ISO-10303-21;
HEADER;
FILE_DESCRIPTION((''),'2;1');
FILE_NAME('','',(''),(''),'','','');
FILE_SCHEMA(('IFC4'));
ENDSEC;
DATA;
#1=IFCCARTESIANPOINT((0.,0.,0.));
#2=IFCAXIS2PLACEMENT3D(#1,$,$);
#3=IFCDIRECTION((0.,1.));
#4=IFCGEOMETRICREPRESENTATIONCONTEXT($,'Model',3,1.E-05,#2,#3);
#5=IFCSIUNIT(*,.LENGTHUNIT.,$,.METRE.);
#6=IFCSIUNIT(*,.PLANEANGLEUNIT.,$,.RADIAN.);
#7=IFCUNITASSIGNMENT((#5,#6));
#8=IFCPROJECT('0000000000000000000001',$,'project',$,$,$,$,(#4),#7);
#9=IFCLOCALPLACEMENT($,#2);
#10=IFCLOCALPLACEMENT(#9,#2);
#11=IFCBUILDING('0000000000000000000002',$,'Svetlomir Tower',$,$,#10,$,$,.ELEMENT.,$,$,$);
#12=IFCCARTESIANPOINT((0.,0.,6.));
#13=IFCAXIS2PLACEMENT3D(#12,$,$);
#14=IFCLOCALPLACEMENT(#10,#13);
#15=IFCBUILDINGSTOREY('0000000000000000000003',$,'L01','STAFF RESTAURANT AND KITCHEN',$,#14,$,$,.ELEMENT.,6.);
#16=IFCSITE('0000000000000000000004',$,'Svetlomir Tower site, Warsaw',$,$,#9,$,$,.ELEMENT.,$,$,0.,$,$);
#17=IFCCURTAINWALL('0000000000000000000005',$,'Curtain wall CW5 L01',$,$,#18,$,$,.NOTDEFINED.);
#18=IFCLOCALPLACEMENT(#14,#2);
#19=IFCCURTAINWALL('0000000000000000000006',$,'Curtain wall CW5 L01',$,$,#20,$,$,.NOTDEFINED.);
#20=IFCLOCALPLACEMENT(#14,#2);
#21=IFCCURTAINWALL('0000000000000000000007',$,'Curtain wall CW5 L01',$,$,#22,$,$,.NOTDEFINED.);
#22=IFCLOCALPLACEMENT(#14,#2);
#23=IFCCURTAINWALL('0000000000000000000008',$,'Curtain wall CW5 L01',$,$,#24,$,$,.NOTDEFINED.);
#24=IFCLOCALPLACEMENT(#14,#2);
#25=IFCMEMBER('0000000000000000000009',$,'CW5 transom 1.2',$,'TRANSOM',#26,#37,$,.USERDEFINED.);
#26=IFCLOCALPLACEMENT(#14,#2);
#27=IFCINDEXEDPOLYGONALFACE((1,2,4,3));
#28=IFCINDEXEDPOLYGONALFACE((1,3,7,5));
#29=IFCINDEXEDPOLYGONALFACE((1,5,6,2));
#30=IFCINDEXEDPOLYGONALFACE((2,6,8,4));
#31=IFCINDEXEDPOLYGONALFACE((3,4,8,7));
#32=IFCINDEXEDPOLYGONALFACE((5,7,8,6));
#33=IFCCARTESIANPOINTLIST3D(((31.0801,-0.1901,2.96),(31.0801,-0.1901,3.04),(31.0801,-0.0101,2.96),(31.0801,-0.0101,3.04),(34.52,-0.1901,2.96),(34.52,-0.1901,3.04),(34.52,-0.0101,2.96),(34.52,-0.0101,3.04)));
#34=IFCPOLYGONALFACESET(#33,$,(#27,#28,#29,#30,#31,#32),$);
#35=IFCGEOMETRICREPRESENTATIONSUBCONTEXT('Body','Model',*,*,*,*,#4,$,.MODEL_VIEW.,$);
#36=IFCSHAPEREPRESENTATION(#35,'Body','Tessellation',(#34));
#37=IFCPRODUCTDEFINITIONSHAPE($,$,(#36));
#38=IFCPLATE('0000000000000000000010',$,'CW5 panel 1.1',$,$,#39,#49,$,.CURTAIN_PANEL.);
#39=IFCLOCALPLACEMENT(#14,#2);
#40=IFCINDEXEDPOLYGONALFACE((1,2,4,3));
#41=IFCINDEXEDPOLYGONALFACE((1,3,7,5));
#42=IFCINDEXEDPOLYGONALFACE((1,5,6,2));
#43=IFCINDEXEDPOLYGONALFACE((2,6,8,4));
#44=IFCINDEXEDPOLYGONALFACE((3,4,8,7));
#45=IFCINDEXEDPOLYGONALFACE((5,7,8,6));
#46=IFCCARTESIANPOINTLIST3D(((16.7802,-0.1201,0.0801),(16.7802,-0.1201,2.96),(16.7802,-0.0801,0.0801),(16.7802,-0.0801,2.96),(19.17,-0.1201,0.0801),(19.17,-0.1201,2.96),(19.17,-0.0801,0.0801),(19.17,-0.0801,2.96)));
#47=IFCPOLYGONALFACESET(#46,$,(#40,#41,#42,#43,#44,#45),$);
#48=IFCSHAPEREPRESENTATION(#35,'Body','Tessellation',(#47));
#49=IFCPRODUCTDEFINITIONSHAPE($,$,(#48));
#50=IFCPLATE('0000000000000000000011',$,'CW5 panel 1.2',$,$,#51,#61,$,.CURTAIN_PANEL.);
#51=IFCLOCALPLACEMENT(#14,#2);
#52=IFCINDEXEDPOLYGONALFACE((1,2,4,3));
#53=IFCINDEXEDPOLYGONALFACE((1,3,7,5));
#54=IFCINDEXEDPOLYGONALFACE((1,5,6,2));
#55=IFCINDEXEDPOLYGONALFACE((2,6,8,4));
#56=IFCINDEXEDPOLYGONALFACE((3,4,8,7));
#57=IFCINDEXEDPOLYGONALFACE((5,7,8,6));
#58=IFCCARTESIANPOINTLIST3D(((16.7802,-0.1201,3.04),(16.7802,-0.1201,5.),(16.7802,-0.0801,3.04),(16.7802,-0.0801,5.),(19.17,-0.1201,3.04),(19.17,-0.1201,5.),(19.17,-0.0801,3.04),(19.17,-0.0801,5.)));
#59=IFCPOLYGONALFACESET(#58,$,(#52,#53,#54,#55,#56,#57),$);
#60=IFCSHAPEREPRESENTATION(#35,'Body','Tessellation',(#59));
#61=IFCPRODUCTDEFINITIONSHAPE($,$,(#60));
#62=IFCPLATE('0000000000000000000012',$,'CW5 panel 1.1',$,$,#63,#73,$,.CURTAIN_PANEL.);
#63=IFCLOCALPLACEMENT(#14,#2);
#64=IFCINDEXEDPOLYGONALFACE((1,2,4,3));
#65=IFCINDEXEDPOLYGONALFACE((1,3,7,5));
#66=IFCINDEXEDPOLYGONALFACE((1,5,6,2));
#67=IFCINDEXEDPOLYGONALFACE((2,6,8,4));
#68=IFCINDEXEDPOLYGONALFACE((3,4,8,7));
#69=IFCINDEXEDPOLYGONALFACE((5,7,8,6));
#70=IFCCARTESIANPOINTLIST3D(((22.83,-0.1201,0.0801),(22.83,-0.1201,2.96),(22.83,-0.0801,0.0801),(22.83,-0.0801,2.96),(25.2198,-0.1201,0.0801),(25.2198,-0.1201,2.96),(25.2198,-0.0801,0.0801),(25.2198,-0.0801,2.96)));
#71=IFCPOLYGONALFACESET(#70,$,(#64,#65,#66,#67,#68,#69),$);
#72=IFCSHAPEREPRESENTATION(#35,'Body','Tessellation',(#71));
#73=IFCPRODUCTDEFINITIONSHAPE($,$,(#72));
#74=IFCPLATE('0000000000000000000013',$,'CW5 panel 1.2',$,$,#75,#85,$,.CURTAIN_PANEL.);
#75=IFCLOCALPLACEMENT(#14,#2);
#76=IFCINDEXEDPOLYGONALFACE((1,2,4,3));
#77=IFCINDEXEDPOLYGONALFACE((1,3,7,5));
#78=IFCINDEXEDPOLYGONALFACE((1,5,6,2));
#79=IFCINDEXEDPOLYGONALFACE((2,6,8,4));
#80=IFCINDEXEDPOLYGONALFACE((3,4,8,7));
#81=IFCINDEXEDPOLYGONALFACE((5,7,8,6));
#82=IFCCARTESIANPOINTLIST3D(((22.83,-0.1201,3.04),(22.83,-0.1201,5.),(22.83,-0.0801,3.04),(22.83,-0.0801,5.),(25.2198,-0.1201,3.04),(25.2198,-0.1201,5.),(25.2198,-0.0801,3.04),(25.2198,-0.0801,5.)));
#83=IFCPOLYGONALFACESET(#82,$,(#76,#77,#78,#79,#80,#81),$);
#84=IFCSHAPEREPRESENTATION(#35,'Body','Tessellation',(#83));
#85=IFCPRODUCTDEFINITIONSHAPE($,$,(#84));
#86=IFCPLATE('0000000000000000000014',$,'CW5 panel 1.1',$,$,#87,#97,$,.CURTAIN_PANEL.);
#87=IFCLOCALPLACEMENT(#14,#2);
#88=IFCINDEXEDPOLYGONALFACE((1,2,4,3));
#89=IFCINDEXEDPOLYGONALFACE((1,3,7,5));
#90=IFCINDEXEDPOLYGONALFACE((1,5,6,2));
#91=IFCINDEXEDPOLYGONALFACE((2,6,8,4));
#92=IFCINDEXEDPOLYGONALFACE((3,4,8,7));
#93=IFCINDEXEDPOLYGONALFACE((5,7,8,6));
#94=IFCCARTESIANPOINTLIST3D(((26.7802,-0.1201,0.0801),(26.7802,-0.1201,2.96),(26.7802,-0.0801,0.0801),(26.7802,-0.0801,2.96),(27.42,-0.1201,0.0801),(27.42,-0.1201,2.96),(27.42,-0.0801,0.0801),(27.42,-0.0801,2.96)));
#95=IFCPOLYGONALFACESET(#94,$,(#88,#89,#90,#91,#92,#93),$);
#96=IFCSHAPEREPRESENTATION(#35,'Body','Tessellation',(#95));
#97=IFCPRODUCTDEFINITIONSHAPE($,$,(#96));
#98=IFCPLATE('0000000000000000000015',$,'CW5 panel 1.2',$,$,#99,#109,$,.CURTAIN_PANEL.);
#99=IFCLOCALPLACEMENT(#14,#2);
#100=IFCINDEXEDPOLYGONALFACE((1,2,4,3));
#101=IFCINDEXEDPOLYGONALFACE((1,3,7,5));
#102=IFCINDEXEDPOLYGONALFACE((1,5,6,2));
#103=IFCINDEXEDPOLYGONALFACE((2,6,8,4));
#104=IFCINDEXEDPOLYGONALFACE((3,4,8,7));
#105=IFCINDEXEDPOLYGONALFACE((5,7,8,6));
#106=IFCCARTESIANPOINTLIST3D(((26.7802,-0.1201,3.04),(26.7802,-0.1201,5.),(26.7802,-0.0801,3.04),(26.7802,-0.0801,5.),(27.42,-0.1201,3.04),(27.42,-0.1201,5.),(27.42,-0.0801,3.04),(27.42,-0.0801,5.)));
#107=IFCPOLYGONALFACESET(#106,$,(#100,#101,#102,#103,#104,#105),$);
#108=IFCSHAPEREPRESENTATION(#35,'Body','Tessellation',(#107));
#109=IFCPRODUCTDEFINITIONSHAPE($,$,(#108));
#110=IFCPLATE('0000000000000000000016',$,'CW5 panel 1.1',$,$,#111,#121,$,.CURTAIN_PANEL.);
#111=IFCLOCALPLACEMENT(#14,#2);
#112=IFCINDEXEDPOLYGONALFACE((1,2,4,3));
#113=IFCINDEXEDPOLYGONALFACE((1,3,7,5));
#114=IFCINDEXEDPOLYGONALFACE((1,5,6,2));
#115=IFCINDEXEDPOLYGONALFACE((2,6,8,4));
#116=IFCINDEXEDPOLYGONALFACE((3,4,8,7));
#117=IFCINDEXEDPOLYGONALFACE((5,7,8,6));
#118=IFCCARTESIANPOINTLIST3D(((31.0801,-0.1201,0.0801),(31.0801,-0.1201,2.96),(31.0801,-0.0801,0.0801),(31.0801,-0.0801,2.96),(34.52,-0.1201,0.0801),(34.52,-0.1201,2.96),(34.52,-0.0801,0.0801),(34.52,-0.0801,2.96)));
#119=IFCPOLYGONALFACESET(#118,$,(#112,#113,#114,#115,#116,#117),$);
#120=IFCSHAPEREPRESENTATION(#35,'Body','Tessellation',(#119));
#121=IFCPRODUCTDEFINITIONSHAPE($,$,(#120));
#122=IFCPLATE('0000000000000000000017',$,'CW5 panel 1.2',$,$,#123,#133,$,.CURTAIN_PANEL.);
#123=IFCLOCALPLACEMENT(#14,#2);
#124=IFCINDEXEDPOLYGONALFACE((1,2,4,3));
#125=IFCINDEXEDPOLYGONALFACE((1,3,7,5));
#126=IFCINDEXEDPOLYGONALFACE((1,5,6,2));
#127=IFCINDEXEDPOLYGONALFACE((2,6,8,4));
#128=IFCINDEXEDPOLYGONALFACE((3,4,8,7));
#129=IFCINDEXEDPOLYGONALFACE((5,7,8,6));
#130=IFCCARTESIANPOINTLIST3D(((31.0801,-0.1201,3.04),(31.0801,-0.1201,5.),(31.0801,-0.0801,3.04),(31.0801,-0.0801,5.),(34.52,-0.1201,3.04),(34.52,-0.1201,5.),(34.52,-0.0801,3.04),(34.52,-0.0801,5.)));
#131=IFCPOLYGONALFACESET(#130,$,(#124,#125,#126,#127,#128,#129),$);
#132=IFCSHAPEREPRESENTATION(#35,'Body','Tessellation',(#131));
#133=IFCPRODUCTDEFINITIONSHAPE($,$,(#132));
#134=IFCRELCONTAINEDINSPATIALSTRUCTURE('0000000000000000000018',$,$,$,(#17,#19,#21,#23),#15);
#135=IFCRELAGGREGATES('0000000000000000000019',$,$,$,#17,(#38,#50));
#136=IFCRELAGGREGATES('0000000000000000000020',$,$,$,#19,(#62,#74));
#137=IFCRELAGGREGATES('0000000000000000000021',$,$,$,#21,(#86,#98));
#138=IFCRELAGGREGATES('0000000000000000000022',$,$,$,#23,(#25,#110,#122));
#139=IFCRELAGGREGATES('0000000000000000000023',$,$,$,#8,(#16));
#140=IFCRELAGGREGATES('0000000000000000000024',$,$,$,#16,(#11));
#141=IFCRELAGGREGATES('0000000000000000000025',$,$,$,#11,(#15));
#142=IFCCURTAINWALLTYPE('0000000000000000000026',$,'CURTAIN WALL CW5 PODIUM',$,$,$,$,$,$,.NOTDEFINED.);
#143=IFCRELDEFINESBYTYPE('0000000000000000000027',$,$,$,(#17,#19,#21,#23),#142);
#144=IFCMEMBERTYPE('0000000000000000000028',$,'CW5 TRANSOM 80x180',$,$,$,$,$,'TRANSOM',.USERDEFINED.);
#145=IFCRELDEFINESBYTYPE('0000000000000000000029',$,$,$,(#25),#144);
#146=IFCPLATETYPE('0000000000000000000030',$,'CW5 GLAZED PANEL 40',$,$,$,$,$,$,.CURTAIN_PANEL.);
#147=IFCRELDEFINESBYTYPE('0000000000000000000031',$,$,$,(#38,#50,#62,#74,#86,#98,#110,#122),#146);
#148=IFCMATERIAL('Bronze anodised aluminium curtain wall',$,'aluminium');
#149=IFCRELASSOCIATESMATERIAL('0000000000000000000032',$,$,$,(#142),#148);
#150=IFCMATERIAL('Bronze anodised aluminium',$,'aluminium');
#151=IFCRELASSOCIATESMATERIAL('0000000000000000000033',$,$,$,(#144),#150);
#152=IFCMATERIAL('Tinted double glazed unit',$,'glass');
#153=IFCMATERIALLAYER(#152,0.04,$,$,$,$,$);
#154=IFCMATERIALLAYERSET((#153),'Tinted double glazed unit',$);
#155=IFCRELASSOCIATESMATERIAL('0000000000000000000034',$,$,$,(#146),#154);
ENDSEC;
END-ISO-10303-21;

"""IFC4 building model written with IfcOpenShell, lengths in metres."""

from ifc_helpers import new_model, si_unit, direction, frame, origin, origin_2d, place, context, subcontext, project, spatial, rectangle, extrude, material, layer, layer_set, material_profile, profile_set, type_object, element, aggregate, save


model = new_model("IFC4")

# Units and contexts
model_context = context("Model", 3, precision=1e-05, world=origin(), true_north=direction((0.0, 1.0)))
body_context = subcontext(model_context, "Body", "Model", "MODEL_VIEW")
ifc_project = project(units=[si_unit("LENGTHUNIT", "METRE"), si_unit("PLANEANGLEUNIT", "RADIAN")], contexts=[model_context])

# Site, building, storey
site_placement = place(None, origin())
site = spatial("IfcSite", under=ifc_project, at=site_placement, Name="Svetlomir Tower site, Warsaw", CompositionType="ELEMENT", RefElevation=0.0)
building_placement = place(site_placement, origin())
building = spatial("IfcBuilding", under=site, at=building_placement, Name="Svetlomir Tower", CompositionType="ELEMENT")
storey_placement = place(building_placement, frame((0.0, 0.0, 6.0)))
storey = spatial("IfcBuildingStorey", under=building, at=storey_placement, Name="L01", Description="STAFF RESTAURANT AND KITCHEN", CompositionType="ELEMENT", Elevation=6.0)

# Curtain walls
ifc_material_1 = material(Name="Bronze anodised aluminium curtain wall", Category="aluminium")
curtain_wall_type = type_object("IfcCurtainWallType", Name="CURTAIN WALL CW5 PODIUM", PredefinedType="NOTDEFINED", material=ifc_material_1)
curtain_wall_1_placement = place(storey_placement, origin())
curtain_wall_1 = element("IfcCurtainWall", 1, at=curtain_wall_1_placement, inside=storey, type_object=curtain_wall_type, Name="Curtain wall CW5 L01", PredefinedType="NOTDEFINED")
curtain_wall_2_placement = place(storey_placement, origin())
curtain_wall_2 = element("IfcCurtainWall", 2, at=curtain_wall_2_placement, inside=storey, type_object=curtain_wall_type, Name="Curtain wall CW5 L01", PredefinedType="NOTDEFINED")
curtain_wall_3_placement = place(storey_placement, origin())
curtain_wall_3 = element("IfcCurtainWall", 3, at=curtain_wall_3_placement, inside=storey, type_object=curtain_wall_type, Name="Curtain wall CW5 L01", PredefinedType="NOTDEFINED")
curtain_wall_4_placement = place(storey_placement, origin())
curtain_wall_4 = element("IfcCurtainWall", 4, at=curtain_wall_4_placement, inside=storey, type_object=curtain_wall_type, Name="Curtain wall CW5 L01", PredefinedType="NOTDEFINED")

# Member
ifc_material_2 = material(Name="Bronze anodised aluminium", Category="aluminium")
ifc_material_profile_1 = material_profile(ifc_material_2, rectangle(XDim=0.1799, YDim=0.0801, at=origin_2d()), Name="AL 180x80")
ifc_profile_set_1 = profile_set([ifc_material_profile_1], Name="Bronze anodised aluminium 6063-T6")
member_type_1 = type_object("IfcMemberType", Name="CW5 TRANSOM 80x180", ElementType="TRANSOM", PredefinedType="USERDEFINED", material=ifc_profile_set_1)
member_1_placement = place(storey_placement, frame((31.0801, -0.1001, 3.0), z_axis=(1.0, 0.0, 0.0), x_axis=(0.0, 1.0, 0.0)))
member_1 = element("IfcMember", 5, at=member_1_placement, type_object=member_type_1, Name="CW5 transom 1.2", ObjectType="TRANSOM", PredefinedType="USERDEFINED", context=body_context, shape_type="SweptSolid", body=[
    extrude(rectangle(XDim=0.1799, YDim=0.0801, at=origin_2d()), origin(), (0.0, 0.0, 1.0), 3.4399),
])

# Plates
ifc_material_3 = material(Name="Tinted double glazed unit", Category="glass")
ifc_layer = layer(ifc_material_3, 0.04)
ifc_layer_set = layer_set([ifc_layer], Name="Tinted double glazed unit")
plate_type = type_object("IfcPlateType", Name="CW5 GLAZED PANEL 40", PredefinedType="CURTAIN_PANEL", material=ifc_layer_set)
plate_1_placement = place(storey_placement, frame((17.9751, -0.1001, 0.0801), z_axis=(0.0, 0.0, 1.0), x_axis=(1.0, 0.0, 0.0)))
plate_1 = element("IfcPlate", 6, at=plate_1_placement, type_object=plate_type, Name="CW5 panel 1.1", PredefinedType="CURTAIN_PANEL", context=body_context, shape_type="SweptSolid", body=[
    extrude(rectangle(XDim=2.3899, YDim=0.04, at=origin_2d()), origin(), (0.0, 0.0, 1.0), 2.8799),
])
plate_2_placement = place(storey_placement, frame((17.9751, -0.1001, 3.04), z_axis=(0.0, 0.0, 1.0), x_axis=(1.0, 0.0, 0.0)))
plate_2 = element("IfcPlate", 7, at=plate_2_placement, type_object=plate_type, Name="CW5 panel 1.2", PredefinedType="CURTAIN_PANEL", context=body_context, shape_type="SweptSolid", body=[
    extrude(rectangle(XDim=2.3899, YDim=0.04, at=origin_2d()), origin(), (0.0, 0.0, 1.0), 1.96),
])
aggregate(curtain_wall_1, [plate_1, plate_2])
plate_3_placement = place(storey_placement, frame((24.0249, -0.1001, 0.0801), z_axis=(0.0, 0.0, 1.0), x_axis=(1.0, 0.0, 0.0)))
plate_3 = element("IfcPlate", 8, at=plate_3_placement, type_object=plate_type, Name="CW5 panel 1.1", PredefinedType="CURTAIN_PANEL", context=body_context, shape_type="SweptSolid", body=[
    extrude(rectangle(XDim=2.3899, YDim=0.04, at=origin_2d()), origin(), (0.0, 0.0, 1.0), 2.8799),
])
plate_4_placement = place(storey_placement, frame((24.0249, -0.1001, 3.04), z_axis=(0.0, 0.0, 1.0), x_axis=(1.0, 0.0, 0.0)))
plate_4 = element("IfcPlate", 9, at=plate_4_placement, type_object=plate_type, Name="CW5 panel 1.2", PredefinedType="CURTAIN_PANEL", context=body_context, shape_type="SweptSolid", body=[
    extrude(rectangle(XDim=2.3899, YDim=0.04, at=origin_2d()), origin(), (0.0, 0.0, 1.0), 1.96),
])
aggregate(curtain_wall_2, [plate_3, plate_4])
plate_5_placement = place(storey_placement, frame((27.1001, -0.1001, 0.0801), z_axis=(0.0, 0.0, 1.0), x_axis=(1.0, 0.0, 0.0)))
plate_5 = element("IfcPlate", 10, at=plate_5_placement, type_object=plate_type, Name="CW5 panel 1.1", PredefinedType="CURTAIN_PANEL", context=body_context, shape_type="SweptSolid", body=[
    extrude(rectangle(XDim=0.6399, YDim=0.04, at=origin_2d()), origin(), (0.0, 0.0, 1.0), 2.8799),
])
plate_6_placement = place(storey_placement, frame((27.1001, -0.1001, 3.04), z_axis=(0.0, 0.0, 1.0), x_axis=(1.0, 0.0, 0.0)))
plate_6 = element("IfcPlate", 11, at=plate_6_placement, type_object=plate_type, Name="CW5 panel 1.2", PredefinedType="CURTAIN_PANEL", context=body_context, shape_type="SweptSolid", body=[
    extrude(rectangle(XDim=0.6399, YDim=0.04, at=origin_2d()), origin(), (0.0, 0.0, 1.0), 1.96),
])
aggregate(curtain_wall_3, [plate_5, plate_6])
plate_7_placement = place(storey_placement, frame((32.8, -0.1001, 0.0801), z_axis=(0.0, 0.0, 1.0), x_axis=(1.0, 0.0, 0.0)))
plate_7 = element("IfcPlate", 12, at=plate_7_placement, type_object=plate_type, Name="CW5 panel 1.1", PredefinedType="CURTAIN_PANEL", context=body_context, shape_type="SweptSolid", body=[
    extrude(rectangle(XDim=3.4399, YDim=0.04, at=origin_2d()), origin(), (0.0, 0.0, 1.0), 2.8799),
])
plate_8_placement = place(storey_placement, frame((32.8, -0.1001, 3.04), z_axis=(0.0, 0.0, 1.0), x_axis=(1.0, 0.0, 0.0)))
plate_8 = element("IfcPlate", 13, at=plate_8_placement, type_object=plate_type, Name="CW5 panel 1.2", PredefinedType="CURTAIN_PANEL", context=body_context, shape_type="SweptSolid", body=[
    extrude(rectangle(XDim=3.4399, YDim=0.04, at=origin_2d()), origin(), (0.0, 0.0, 1.0), 1.96),
])
aggregate(curtain_wall_4, [member_1, plate_7, plate_8])

save(model, "model.ifc")
